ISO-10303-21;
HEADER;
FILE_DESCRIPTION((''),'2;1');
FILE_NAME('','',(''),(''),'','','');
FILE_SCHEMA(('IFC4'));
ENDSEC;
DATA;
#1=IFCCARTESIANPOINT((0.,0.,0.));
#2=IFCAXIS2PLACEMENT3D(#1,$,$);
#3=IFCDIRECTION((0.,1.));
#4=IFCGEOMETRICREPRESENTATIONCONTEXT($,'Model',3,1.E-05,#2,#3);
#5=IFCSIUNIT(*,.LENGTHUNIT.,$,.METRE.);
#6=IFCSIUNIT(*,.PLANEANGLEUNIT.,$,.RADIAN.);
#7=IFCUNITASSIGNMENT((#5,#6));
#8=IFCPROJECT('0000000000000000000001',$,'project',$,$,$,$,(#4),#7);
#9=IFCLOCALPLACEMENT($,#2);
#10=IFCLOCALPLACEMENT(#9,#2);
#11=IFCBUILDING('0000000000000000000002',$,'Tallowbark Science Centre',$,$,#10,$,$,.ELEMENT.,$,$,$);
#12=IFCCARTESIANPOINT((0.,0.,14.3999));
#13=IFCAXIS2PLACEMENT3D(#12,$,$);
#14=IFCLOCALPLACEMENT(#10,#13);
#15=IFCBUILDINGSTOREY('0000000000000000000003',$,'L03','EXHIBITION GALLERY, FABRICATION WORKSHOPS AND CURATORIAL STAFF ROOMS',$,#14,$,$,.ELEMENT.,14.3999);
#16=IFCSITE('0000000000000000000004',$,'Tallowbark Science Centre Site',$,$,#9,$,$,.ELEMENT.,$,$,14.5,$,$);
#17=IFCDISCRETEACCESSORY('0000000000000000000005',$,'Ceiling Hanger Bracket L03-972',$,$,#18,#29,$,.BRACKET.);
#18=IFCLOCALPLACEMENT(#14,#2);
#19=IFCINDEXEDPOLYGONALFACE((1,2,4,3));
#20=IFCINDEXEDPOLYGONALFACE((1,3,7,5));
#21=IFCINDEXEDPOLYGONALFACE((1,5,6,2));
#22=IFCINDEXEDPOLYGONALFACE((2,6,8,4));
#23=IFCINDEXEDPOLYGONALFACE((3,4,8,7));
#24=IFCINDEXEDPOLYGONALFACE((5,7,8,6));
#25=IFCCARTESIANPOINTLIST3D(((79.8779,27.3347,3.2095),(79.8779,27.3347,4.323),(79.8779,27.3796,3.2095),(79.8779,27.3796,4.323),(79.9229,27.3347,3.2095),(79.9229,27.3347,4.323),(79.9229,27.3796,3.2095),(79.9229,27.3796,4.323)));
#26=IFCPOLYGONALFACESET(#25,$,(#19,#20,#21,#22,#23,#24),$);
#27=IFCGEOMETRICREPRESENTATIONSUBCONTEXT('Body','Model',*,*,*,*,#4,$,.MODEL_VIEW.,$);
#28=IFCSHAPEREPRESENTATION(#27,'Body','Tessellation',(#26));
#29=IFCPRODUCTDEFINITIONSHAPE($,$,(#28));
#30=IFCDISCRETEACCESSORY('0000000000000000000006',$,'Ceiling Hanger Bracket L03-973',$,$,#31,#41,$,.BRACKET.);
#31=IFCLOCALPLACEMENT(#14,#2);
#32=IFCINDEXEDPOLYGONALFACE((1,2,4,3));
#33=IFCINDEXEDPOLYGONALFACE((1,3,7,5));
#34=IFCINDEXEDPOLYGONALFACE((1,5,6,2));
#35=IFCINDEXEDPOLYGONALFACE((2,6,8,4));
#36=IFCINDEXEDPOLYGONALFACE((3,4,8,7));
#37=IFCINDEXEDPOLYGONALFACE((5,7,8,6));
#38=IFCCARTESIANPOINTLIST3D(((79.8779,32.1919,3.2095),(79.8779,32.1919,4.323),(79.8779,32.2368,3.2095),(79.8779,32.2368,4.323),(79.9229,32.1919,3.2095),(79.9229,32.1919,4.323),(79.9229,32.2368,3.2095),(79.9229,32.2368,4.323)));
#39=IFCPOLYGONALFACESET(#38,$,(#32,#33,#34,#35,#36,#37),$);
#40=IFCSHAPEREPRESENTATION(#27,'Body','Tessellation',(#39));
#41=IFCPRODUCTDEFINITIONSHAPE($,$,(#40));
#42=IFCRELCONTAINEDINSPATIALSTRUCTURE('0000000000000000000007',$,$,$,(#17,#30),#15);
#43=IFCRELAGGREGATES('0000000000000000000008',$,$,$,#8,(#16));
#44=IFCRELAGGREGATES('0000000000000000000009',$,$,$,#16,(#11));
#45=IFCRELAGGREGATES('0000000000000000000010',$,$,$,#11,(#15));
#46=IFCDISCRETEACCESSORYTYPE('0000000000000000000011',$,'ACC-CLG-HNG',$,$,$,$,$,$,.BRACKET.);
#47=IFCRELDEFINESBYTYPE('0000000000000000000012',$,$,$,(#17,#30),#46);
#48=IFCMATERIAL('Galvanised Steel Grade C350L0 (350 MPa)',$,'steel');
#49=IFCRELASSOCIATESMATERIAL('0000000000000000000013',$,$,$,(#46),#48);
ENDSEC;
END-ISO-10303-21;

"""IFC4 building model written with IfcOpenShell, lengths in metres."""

from ifc_helpers import new_model, si_unit, direction, frame, origin, origin_2d, place, context, subcontext, project, spatial, rectangle, extrude, material, type_object, element, save


model = new_model("IFC4")

# Units and contexts
model_context = context("Model", 3, precision=1e-05, world=origin(), true_north=direction((0.0, 1.0)))
body_context = subcontext(model_context, "Body", "Model", "MODEL_VIEW")
ifc_project = project(units=[si_unit("LENGTHUNIT", "METRE"), si_unit("PLANEANGLEUNIT", "RADIAN")], contexts=[model_context])

# Site, building, storey
site_placement = place(None, origin())
site = spatial("IfcSite", under=ifc_project, at=site_placement, Name="Tallowbark Science Centre Site", CompositionType="ELEMENT", RefElevation=14.5)
building_placement = place(site_placement, origin())
building = spatial("IfcBuilding", under=site, at=building_placement, Name="Tallowbark Science Centre", CompositionType="ELEMENT")
storey_placement = place(building_placement, frame((0.0, 0.0, 14.3999)))
storey = spatial("IfcBuildingStorey", under=building, at=storey_placement, Name="L03", Description="EXHIBITION GALLERY, FABRICATION WORKSHOPS AND CURATORIAL STAFF ROOMS", CompositionType="ELEMENT", Elevation=14.3999)

# Discrete accessories
ifc_material_1 = material(Name="Galvanised Steel Grade C350L0 (350 MPa)", Category="steel")
discrete_accessory_type = type_object("IfcDiscreteAccessoryType", Name="ACC-CLG-HNG", PredefinedType="BRACKET", material=ifc_material_1)
for number, where, z_axis, x_axis, name in (
    (1, (79.9004, 27.3572, 3.2095), (0.0, 0.0, 1.0), (1.0, 0.0, 0.0), "Ceiling Hanger Bracket L03-972"),
    (2, (79.9004, 32.2144, 3.2095), (0.0, 0.0, 1.0), (1.0, 0.0, 0.0), "Ceiling Hanger Bracket L03-973"),
):
    element("IfcDiscreteAccessory", number, at=place(storey_placement, frame(where, z_axis=z_axis, x_axis=x_axis)), inside=storey, type_object=discrete_accessory_type, Name=name, PredefinedType="BRACKET", context=body_context, shape_type="SweptSolid", body=[
        extrude(rectangle(XDim=0.0449, YDim=0.0449, at=origin_2d()), origin(), (0.0, 0.0, 1.0), 1.1135),
    ])

save(model, "model.ifc")
